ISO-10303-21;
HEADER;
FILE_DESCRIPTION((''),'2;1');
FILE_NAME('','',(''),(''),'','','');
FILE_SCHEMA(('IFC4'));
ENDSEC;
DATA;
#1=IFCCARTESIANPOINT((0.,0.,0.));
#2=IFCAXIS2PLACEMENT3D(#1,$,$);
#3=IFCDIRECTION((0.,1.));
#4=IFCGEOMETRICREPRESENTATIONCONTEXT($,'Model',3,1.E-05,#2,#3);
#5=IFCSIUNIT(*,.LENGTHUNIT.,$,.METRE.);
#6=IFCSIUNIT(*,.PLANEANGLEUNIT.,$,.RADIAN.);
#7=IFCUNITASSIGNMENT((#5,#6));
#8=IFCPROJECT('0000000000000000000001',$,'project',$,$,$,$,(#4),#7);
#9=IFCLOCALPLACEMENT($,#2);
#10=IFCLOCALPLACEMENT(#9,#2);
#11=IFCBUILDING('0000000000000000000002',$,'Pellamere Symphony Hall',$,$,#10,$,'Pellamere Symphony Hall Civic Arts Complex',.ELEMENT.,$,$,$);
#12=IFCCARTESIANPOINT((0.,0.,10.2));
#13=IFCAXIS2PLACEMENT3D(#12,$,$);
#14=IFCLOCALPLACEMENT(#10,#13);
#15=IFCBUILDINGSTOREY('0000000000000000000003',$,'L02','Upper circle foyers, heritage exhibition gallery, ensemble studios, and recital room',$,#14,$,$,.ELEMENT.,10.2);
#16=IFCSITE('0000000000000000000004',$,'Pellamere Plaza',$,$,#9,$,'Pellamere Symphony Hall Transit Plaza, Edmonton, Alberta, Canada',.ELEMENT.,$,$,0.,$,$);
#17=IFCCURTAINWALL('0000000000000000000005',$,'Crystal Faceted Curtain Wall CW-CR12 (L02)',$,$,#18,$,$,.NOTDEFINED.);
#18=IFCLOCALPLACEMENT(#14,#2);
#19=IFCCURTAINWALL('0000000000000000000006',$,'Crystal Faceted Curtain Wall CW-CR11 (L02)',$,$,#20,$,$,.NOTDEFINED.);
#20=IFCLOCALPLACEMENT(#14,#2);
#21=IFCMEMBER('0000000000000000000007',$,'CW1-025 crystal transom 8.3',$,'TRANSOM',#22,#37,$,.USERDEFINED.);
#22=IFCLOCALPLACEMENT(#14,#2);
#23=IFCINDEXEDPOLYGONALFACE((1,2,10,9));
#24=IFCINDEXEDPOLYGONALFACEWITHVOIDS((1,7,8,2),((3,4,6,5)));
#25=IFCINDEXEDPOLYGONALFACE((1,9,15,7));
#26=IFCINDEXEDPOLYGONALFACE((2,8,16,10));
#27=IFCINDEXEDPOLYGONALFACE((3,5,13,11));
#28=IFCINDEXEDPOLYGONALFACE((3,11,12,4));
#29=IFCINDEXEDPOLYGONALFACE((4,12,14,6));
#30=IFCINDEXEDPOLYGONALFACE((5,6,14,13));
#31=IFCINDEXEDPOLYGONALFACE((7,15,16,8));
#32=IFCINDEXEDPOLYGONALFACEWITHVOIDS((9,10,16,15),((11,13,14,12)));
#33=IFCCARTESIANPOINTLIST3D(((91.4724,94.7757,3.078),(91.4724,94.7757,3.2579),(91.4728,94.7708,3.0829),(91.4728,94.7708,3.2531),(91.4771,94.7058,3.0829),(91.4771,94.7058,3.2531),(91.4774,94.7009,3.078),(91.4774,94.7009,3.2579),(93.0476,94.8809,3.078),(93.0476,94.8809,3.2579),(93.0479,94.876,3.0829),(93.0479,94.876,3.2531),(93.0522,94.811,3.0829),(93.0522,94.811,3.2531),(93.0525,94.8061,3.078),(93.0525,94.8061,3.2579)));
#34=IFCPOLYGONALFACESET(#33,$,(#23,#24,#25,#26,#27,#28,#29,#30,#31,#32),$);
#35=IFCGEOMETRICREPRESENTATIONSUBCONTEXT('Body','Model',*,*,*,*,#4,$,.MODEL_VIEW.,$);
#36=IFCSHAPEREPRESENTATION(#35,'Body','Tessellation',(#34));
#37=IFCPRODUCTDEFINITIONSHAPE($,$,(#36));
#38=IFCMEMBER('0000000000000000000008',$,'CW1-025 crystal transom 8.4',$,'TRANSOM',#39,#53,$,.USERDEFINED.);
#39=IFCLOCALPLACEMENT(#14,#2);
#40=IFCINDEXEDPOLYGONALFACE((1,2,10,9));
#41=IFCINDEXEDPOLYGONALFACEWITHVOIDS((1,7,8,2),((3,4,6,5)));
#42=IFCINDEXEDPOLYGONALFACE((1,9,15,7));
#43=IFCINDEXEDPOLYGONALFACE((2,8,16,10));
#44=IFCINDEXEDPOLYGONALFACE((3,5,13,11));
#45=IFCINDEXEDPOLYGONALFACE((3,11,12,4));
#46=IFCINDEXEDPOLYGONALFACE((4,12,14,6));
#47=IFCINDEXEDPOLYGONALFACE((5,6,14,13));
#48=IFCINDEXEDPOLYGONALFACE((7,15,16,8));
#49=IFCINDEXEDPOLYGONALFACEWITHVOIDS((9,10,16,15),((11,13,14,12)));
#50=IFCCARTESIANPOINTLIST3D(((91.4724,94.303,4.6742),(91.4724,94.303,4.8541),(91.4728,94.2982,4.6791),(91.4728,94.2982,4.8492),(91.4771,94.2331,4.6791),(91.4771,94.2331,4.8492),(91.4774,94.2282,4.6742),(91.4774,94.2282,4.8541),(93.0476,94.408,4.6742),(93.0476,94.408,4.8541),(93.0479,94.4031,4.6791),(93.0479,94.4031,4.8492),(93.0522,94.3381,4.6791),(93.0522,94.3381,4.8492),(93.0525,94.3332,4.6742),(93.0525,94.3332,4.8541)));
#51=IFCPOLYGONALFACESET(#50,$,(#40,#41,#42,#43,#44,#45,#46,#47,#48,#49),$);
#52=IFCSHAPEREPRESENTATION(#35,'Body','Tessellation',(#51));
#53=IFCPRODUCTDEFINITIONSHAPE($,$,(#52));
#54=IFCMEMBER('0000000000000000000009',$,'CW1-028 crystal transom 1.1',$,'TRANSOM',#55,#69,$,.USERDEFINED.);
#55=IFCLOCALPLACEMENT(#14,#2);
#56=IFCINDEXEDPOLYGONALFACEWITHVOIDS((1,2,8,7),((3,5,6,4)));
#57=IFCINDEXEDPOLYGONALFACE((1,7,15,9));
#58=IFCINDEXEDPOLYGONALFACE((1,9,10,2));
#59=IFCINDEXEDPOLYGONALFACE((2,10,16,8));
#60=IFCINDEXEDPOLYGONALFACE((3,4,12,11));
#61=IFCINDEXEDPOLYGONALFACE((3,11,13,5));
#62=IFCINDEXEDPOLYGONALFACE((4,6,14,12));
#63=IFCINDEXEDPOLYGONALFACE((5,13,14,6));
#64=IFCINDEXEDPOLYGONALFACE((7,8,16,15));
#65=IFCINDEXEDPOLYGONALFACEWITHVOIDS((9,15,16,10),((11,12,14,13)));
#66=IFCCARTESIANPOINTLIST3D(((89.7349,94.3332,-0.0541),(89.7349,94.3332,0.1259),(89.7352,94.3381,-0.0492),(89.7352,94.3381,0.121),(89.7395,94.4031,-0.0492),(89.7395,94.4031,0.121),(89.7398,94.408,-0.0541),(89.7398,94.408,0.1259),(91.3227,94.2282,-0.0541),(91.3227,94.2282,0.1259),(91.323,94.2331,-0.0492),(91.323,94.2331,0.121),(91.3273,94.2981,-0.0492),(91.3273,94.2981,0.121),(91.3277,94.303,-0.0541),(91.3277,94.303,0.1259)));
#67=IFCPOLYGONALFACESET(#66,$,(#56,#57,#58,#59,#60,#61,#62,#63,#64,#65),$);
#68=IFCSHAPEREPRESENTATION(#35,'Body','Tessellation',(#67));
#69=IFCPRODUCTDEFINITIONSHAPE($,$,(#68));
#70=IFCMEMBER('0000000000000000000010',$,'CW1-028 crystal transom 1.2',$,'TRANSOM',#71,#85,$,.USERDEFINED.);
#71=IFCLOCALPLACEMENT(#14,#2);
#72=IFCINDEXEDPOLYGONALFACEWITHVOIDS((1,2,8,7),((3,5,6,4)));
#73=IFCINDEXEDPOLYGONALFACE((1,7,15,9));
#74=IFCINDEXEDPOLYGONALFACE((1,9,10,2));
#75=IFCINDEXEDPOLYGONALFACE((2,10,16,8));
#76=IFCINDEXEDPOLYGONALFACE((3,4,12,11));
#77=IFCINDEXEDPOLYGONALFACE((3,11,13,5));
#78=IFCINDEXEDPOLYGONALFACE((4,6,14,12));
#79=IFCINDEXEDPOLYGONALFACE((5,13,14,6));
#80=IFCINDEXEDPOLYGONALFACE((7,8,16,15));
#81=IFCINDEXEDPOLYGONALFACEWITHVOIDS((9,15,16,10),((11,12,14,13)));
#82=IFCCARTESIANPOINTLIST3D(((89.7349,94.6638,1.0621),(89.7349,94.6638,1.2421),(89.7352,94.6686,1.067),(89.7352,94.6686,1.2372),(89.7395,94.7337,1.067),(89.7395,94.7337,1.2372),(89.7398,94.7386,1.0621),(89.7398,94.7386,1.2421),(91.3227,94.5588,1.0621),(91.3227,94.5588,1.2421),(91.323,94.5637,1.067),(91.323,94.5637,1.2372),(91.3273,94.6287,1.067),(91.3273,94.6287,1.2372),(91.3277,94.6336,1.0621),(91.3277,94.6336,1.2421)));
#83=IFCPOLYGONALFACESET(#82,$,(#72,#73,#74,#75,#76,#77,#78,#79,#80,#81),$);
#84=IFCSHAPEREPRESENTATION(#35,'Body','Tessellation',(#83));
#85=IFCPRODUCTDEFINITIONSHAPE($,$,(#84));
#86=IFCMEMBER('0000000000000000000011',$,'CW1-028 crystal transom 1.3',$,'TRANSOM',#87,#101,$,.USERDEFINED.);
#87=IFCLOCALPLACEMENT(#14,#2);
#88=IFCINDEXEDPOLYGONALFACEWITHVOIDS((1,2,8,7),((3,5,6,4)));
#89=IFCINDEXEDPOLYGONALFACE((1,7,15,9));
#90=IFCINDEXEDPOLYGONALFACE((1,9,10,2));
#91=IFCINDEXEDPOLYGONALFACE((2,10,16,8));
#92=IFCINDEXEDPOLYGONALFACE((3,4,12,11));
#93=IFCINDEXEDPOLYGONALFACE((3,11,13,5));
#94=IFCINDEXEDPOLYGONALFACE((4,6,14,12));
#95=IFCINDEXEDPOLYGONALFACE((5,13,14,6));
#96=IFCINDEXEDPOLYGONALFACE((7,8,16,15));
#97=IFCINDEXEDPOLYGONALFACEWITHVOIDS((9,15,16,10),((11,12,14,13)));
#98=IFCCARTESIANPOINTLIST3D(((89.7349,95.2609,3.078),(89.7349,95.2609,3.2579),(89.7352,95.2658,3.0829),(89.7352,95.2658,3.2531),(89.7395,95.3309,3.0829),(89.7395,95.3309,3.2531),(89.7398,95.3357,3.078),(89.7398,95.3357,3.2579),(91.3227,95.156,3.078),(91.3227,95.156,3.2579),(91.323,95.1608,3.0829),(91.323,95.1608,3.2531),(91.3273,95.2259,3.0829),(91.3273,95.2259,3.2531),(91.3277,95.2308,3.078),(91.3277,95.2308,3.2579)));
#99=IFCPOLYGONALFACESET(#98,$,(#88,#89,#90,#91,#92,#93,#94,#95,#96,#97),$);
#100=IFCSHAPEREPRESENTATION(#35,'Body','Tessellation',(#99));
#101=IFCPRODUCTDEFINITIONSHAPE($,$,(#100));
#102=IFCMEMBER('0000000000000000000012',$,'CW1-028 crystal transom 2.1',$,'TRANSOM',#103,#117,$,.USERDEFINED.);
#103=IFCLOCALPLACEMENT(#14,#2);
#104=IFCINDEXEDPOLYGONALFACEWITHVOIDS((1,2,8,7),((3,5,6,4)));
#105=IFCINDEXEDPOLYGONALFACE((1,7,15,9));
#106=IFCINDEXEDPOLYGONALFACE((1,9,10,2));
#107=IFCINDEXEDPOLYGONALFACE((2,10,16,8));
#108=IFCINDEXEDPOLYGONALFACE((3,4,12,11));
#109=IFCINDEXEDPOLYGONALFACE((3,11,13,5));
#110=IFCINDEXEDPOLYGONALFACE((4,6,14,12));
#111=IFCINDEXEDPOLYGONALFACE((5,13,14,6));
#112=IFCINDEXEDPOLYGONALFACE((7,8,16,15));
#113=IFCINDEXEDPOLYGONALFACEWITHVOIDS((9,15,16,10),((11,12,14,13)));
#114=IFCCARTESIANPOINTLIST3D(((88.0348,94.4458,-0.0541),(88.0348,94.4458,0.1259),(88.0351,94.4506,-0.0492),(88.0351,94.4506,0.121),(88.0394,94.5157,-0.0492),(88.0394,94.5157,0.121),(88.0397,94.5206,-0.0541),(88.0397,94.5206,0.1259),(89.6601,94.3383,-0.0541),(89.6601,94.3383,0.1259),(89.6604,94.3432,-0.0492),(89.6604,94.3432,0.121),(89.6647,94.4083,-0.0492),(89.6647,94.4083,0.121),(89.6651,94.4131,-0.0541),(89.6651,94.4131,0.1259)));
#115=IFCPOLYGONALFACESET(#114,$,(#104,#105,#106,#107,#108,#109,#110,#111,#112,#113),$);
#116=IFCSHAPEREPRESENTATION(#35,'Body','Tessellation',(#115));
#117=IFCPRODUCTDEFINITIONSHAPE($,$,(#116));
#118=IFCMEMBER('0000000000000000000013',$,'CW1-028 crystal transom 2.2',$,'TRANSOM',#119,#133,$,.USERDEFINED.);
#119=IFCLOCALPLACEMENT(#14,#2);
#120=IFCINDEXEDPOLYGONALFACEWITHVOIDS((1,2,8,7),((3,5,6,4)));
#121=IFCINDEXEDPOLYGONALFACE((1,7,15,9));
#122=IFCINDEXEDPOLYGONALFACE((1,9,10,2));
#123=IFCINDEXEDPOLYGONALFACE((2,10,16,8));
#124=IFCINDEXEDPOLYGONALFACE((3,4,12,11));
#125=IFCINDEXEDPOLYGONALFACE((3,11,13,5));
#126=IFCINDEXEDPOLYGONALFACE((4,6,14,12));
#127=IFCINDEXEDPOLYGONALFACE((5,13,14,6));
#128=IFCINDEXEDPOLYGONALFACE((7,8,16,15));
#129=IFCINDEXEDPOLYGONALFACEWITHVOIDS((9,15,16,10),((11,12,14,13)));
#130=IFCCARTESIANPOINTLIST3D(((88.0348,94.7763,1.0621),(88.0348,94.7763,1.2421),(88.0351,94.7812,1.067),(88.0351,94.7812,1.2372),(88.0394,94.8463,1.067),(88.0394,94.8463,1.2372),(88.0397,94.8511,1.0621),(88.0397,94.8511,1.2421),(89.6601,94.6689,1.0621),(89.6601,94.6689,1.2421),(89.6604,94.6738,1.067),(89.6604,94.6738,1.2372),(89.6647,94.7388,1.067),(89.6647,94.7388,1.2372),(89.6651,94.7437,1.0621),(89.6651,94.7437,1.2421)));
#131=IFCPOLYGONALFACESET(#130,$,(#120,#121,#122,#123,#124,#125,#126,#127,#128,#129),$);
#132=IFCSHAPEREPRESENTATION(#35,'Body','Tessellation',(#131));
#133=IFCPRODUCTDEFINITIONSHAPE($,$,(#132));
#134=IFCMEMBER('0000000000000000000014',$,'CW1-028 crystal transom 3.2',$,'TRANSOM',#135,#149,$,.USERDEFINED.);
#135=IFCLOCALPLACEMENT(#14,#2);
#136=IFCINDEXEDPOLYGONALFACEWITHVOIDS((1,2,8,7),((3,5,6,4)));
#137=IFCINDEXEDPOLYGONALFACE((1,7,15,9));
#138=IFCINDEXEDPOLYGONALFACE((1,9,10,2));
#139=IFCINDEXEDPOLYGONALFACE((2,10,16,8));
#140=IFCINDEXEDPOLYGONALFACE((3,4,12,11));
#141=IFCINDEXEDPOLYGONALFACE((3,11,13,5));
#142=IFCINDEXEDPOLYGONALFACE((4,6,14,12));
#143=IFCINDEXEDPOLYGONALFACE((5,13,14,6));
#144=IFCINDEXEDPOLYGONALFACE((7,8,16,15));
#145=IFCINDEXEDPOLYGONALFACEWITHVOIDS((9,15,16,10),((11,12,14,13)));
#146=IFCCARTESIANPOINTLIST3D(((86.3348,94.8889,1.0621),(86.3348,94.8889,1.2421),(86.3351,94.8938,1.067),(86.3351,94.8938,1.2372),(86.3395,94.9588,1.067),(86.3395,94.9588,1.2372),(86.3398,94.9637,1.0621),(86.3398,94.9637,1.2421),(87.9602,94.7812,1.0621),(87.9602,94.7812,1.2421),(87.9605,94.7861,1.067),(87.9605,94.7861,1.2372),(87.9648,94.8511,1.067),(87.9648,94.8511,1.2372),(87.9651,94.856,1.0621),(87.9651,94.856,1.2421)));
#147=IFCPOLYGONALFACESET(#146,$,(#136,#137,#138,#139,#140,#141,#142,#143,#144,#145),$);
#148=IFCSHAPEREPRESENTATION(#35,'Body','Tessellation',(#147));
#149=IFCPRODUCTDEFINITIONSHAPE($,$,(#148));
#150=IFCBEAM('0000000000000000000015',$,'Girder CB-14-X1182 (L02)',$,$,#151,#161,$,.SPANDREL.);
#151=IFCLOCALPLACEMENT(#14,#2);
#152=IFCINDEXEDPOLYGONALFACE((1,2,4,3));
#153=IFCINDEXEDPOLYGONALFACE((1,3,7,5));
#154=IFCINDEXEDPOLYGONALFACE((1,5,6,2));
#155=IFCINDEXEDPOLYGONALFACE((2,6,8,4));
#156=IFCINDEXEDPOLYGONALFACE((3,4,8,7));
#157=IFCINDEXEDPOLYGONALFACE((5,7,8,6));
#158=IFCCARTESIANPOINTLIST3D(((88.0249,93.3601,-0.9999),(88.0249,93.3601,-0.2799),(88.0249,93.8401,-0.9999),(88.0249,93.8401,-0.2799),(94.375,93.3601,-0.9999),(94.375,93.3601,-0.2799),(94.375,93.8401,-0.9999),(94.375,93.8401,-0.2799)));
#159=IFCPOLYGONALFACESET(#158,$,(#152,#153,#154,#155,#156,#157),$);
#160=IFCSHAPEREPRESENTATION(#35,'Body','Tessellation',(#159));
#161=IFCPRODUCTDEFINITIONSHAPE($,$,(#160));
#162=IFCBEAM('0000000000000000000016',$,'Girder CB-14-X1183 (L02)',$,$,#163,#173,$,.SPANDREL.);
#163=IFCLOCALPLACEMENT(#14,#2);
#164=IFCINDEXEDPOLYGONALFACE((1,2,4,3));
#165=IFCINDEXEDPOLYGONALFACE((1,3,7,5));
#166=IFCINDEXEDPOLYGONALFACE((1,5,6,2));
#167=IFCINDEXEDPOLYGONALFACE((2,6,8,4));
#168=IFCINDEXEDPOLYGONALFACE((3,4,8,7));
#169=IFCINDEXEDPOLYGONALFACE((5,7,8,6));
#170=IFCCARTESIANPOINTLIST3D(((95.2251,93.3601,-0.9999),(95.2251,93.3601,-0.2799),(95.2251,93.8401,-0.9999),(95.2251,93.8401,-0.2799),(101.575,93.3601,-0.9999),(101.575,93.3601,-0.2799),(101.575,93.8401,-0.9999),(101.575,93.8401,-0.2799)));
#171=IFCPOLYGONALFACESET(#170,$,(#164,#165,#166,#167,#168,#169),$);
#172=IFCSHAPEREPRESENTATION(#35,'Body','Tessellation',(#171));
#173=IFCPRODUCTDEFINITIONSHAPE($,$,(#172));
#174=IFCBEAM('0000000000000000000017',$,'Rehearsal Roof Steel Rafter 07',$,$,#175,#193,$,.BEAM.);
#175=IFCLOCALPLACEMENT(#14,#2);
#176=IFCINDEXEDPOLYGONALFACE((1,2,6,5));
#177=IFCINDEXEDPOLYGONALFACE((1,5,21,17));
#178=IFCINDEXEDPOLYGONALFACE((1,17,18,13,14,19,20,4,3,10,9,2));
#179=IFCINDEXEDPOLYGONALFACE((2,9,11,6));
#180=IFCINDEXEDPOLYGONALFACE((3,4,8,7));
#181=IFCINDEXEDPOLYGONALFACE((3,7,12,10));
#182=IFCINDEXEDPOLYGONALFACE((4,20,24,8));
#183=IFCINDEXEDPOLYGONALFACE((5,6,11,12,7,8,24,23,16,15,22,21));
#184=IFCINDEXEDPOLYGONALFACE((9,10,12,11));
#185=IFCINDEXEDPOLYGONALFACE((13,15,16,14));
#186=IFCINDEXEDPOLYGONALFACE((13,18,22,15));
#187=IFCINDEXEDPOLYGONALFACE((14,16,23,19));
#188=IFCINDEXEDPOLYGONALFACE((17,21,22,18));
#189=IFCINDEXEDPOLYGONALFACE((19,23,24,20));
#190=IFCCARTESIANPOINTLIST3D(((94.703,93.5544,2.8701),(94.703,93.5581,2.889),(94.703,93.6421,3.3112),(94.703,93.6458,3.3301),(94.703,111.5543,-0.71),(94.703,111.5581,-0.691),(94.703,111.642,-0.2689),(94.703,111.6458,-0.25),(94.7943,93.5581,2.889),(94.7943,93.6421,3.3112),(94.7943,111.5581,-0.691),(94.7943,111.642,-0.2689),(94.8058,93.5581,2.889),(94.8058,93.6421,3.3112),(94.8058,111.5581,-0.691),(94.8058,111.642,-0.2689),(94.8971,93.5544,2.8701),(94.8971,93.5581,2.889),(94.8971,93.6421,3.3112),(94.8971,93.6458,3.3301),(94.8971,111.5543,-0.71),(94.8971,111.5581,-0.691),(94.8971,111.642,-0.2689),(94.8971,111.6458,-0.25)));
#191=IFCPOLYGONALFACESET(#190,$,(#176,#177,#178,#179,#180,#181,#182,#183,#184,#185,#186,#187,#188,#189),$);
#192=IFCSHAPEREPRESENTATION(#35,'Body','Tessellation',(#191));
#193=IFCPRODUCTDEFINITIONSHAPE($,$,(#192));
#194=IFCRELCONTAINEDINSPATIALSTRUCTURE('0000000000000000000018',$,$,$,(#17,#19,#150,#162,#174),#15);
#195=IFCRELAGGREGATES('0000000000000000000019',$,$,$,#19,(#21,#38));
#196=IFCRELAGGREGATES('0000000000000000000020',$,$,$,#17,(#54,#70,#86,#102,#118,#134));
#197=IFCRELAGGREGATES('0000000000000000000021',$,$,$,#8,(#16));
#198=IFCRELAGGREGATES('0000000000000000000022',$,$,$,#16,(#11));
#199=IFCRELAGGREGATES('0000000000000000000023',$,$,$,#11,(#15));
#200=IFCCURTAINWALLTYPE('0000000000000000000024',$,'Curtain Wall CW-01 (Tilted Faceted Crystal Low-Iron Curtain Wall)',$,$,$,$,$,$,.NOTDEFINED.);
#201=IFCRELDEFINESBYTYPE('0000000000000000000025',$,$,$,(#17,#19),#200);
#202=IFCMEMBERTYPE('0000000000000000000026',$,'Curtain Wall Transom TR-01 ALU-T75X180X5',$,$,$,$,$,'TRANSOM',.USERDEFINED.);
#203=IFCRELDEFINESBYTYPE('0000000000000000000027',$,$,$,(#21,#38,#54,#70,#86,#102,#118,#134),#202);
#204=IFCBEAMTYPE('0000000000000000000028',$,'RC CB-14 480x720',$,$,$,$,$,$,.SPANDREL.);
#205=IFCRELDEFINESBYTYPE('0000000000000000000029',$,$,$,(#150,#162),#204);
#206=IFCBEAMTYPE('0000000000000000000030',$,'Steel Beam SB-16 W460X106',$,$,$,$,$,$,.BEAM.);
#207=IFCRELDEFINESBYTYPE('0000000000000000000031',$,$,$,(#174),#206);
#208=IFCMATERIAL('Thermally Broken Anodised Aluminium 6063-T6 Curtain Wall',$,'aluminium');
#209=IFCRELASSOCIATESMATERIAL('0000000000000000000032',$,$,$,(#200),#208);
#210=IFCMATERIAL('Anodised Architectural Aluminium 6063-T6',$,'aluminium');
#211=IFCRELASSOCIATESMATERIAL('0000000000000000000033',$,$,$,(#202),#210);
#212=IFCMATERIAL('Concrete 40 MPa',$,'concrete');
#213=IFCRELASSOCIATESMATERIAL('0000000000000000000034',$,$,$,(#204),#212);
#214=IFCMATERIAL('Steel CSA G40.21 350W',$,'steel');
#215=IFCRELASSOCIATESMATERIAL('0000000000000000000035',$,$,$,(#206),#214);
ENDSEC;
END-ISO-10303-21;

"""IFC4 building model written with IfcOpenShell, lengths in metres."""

from ifc_helpers import new_model, si_unit, direction, frame, origin, origin_2d, place, context, subcontext, project, spatial, rectangle, hollow_rectangle, i_section, extrude, material, material_profile, profile_set, type_object, element, aggregate, save


model = new_model("IFC4")

# Units and contexts
model_context = context("Model", 3, precision=1e-05, world=origin(), true_north=direction((0.0, 1.0)))
body_context = subcontext(model_context, "Body", "Model", "MODEL_VIEW")
ifc_project = project(units=[si_unit("LENGTHUNIT", "METRE"), si_unit("PLANEANGLEUNIT", "RADIAN")], contexts=[model_context])

# Site, building, storey
site_placement = place(None, origin())
site = spatial("IfcSite", under=ifc_project, at=site_placement, Name="Pellamere Plaza", LongName="Pellamere Symphony Hall Transit Plaza, Edmonton, Alberta, Canada", CompositionType="ELEMENT", RefElevation=0.0)
building_placement = place(site_placement, origin())
building = spatial("IfcBuilding", under=site, at=building_placement, Name="Pellamere Symphony Hall", LongName="Pellamere Symphony Hall Civic Arts Complex", CompositionType="ELEMENT")
storey_placement = place(building_placement, frame((0.0, 0.0, 10.2)))
storey = spatial("IfcBuildingStorey", under=building, at=storey_placement, Name="L02", Description="Upper circle foyers, heritage exhibition gallery, ensemble studios, and recital room", CompositionType="ELEMENT", Elevation=10.2)

# Shared definitions
ifc_material_1 = material(Name="Concrete 40 MPa", Category="concrete")

# Curtain walls, members
ifc_material_2 = material(Name="Thermally Broken Anodised Aluminium 6063-T6 Curtain Wall", Category="aluminium")
curtain_wall_type = type_object("IfcCurtainWallType", Name="Curtain Wall CW-01 (Tilted Faceted Crystal Low-Iron Curtain Wall)", PredefinedType="NOTDEFINED", material=ifc_material_2)
curtain_wall_1_placement = place(storey_placement, origin())
curtain_wall_1 = element("IfcCurtainWall", 1, at=curtain_wall_1_placement, inside=storey, type_object=curtain_wall_type, Name="Crystal Faceted Curtain Wall CW-CR12 (L02)", PredefinedType="NOTDEFINED")
ifc_material_3 = material(Name="Anodised Architectural Aluminium 6063-T6", Category="aluminium")
curtain_wall_2_placement = place(storey_placement, origin())
curtain_wall_2 = element("IfcCurtainWall", 2, at=curtain_wall_2_placement, inside=storey, type_object=curtain_wall_type, Name="Crystal Faceted Curtain Wall CW-CR11 (L02)", PredefinedType="NOTDEFINED")
ifc_material_profile_1 = material_profile(ifc_material_3, hollow_rectangle(XDim=0.075, YDim=0.1799, WallThickness=0.0049, at=origin_2d()), Name="ALU-T75X180X5")
ifc_profile_set_1 = profile_set([ifc_material_profile_1], Name="Anodised Architectural Aluminium 6063-T6")
member_type_1 = type_object("IfcMemberType", Name="Curtain Wall Transom TR-01 ALU-T75X180X5", ElementType="TRANSOM", PredefinedType="USERDEFINED", material=ifc_profile_set_1)
member_1_placement = place(storey_placement, frame((93.05, 94.8435, 3.168), z_axis=(-0.997776, -0.066652, 0.0), x_axis=(0.066652, -0.997776, 0.0)))
member_1 = element("IfcMember", 3, at=member_1_placement, type_object=member_type_1, Name="CW1-025 crystal transom 8.3", ObjectType="TRANSOM", PredefinedType="USERDEFINED", context=body_context, shape_type="SweptSolid", body=[
    extrude(hollow_rectangle(XDim=0.075, YDim=0.1799, WallThickness=0.0049, at=origin_2d()), origin(), (0.0, 0.0, 1.0), 1.5786),
])
member_2_placement = place(storey_placement, frame((93.05, 94.3706, 4.7642), z_axis=(-0.997787, -0.066498, 0.0), x_axis=(0.066498, -0.997787, 0.0)))
member_2 = element("IfcMember", 4, at=member_2_placement, type_object=member_type_1, Name="CW1-025 crystal transom 8.4", ObjectType="TRANSOM", PredefinedType="USERDEFINED", context=body_context, shape_type="SweptSolid", body=[
    extrude(hollow_rectangle(XDim=0.075, YDim=0.1799, WallThickness=0.0049, at=origin_2d()), origin(), (0.0, 0.0, 1.0), 1.5786),
])

# Members
member_3_placement = place(storey_placement, frame((91.3252, 94.2656, 0.0359), z_axis=(-0.997822, 0.065969, 0.0), x_axis=(-0.065969, -0.997822, 0.0)))
member_3 = element("IfcMember", 5, at=member_3_placement, type_object=member_type_1, Name="CW1-028 crystal transom 1.1", ObjectType="TRANSOM", PredefinedType="USERDEFINED", context=body_context, shape_type="SweptSolid", body=[
    extrude(hollow_rectangle(XDim=0.075, YDim=0.1799, WallThickness=0.0049, at=origin_2d()), origin(), (0.0, 0.0, 1.0), 1.5913),
])
member_4_placement = place(storey_placement, frame((91.3252, 94.5962, 1.1521), z_axis=(-0.997822, 0.065969, 0.0), x_axis=(-0.065969, -0.997822, 0.0)))
member_4 = element("IfcMember", 6, at=member_4_placement, type_object=member_type_1, Name="CW1-028 crystal transom 1.2", ObjectType="TRANSOM", PredefinedType="USERDEFINED", context=body_context, shape_type="SweptSolid", body=[
    extrude(hollow_rectangle(XDim=0.075, YDim=0.1799, WallThickness=0.0049, at=origin_2d()), origin(), (0.0, 0.0, 1.0), 1.5913),
])
member_5_placement = place(storey_placement, frame((91.3252, 95.1934, 3.168), z_axis=(-0.997822, 0.065969, 0.0), x_axis=(-0.065969, -0.997822, 0.0)))
member_5 = element("IfcMember", 7, at=member_5_placement, type_object=member_type_1, Name="CW1-028 crystal transom 1.3", ObjectType="TRANSOM", PredefinedType="USERDEFINED", context=body_context, shape_type="SweptSolid", body=[
    extrude(hollow_rectangle(XDim=0.075, YDim=0.1799, WallThickness=0.0049, at=origin_2d()), origin(), (0.0, 0.0, 1.0), 1.5913),
])
member_6_placement = place(storey_placement, frame((89.6626, 94.3757, 0.0359), z_axis=(-0.997823, 0.065952, 0.0), x_axis=(-0.065952, -0.997823, 0.0)))
member_6 = element("IfcMember", 8, at=member_6_placement, type_object=member_type_1, Name="CW1-028 crystal transom 2.1", ObjectType="TRANSOM", PredefinedType="USERDEFINED", context=body_context, shape_type="SweptSolid", body=[
    extrude(hollow_rectangle(XDim=0.075, YDim=0.1799, WallThickness=0.0049, at=origin_2d()), origin(), (0.0, 0.0, 1.0), 1.6289),
])
member_7_placement = place(storey_placement, frame((89.6626, 94.7063, 1.1521), z_axis=(-0.997823, 0.065952, 0.0), x_axis=(-0.065952, -0.997823, 0.0)))
member_7 = element("IfcMember", 9, at=member_7_placement, type_object=member_type_1, Name="CW1-028 crystal transom 2.2", ObjectType="TRANSOM", PredefinedType="USERDEFINED", context=body_context, shape_type="SweptSolid", body=[
    extrude(hollow_rectangle(XDim=0.075, YDim=0.1799, WallThickness=0.0049, at=origin_2d()), origin(), (0.0, 0.0, 1.0), 1.6289),
])
member_8_placement = place(storey_placement, frame((87.9626, 94.8186, 1.1521), z_axis=(-0.997813, 0.066101, 0.0), x_axis=(-0.066101, -0.997813, 0.0)))
member_8 = element("IfcMember", 10, at=member_8_placement, type_object=member_type_1, Name="CW1-028 crystal transom 3.2", ObjectType="TRANSOM", PredefinedType="USERDEFINED", context=body_context, shape_type="SweptSolid", body=[
    extrude(hollow_rectangle(XDim=0.075, YDim=0.1799, WallThickness=0.0049, at=origin_2d()), origin(), (0.0, 0.0, 1.0), 1.6289),
])

# Beams
ifc_material_profile_2 = material_profile(ifc_material_1, rectangle(XDim=0.48, YDim=0.72, at=origin_2d()), Name="RC 480x720")
ifc_profile_set_2 = profile_set([ifc_material_profile_2], Name="Concrete 40 MPa")
beam_type_1 = type_object("IfcBeamType", Name="RC CB-14 480x720", PredefinedType="SPANDREL", material=ifc_profile_set_2)
beam_1_placement = place(storey_placement, frame((88.0249, 93.6001, -0.6399), z_axis=(1.0, 0.0, 0.0), x_axis=(0.0, 1.0, 0.0)))
element("IfcBeam", 11, at=beam_1_placement, inside=storey, type_object=beam_type_1, Name="Girder CB-14-X1182 (L02)", PredefinedType="SPANDREL", context=body_context, shape_type="SweptSolid", body=[
    extrude(rectangle(XDim=0.48, YDim=0.72, at=origin_2d()), origin(), (0.0, 0.0, 1.0), 6.3501),
])
beam_2_placement = place(storey_placement, frame((95.2251, 93.6001, -0.6399), z_axis=(1.0, 0.0, 0.0), x_axis=(0.0, 1.0, 0.0)))
element("IfcBeam", 12, at=beam_2_placement, inside=storey, type_object=beam_type_1, Name="Girder CB-14-X1183 (L02)", PredefinedType="SPANDREL", context=body_context, shape_type="SweptSolid", body=[
    extrude(rectangle(XDim=0.48, YDim=0.72, at=origin_2d()), origin(), (0.0, 0.0, 1.0), 6.3499),
])
ifc_material_4 = material(Name="Steel CSA G40.21 350W", Category="steel")
ifc_material_profile_3 = material_profile(ifc_material_4, i_section(OverallWidth=0.1941, OverallDepth=0.469, WebThickness=0.0115, FlangeThickness=0.0193, at=origin_2d()), Name="W460X106")
ifc_profile_set_3 = profile_set([ifc_material_profile_3], Name="Steel CSA G40.21 350W")
beam_type_2 = type_object("IfcBeamType", Name="Steel Beam SB-16 W460X106", PredefinedType="BEAM", material=ifc_profile_set_3)
beam_3_placement = place(storey_placement, frame((94.8, 93.6001, 3.1001), z_axis=(0.0, 0.980789, -0.195072), x_axis=(-1.0, 0.0, 0.0)))
element("IfcBeam", 13, at=beam_3_placement, inside=storey, type_object=beam_type_2, Name="Rehearsal Roof Steel Rafter 07", PredefinedType="BEAM", context=body_context, shape_type="SweptSolid", body=[
    extrude(i_section(OverallWidth=0.1941, OverallDepth=0.469, WebThickness=0.0115, FlangeThickness=0.0193, at=origin_2d()), origin(), (0.0, 0.0, 1.0), 18.3525),
])

aggregate(curtain_wall_2, [member_1, member_2])
aggregate(curtain_wall_1, [member_3, member_4, member_5, member_6, member_7, member_8])

save(model, "model.ifc")
